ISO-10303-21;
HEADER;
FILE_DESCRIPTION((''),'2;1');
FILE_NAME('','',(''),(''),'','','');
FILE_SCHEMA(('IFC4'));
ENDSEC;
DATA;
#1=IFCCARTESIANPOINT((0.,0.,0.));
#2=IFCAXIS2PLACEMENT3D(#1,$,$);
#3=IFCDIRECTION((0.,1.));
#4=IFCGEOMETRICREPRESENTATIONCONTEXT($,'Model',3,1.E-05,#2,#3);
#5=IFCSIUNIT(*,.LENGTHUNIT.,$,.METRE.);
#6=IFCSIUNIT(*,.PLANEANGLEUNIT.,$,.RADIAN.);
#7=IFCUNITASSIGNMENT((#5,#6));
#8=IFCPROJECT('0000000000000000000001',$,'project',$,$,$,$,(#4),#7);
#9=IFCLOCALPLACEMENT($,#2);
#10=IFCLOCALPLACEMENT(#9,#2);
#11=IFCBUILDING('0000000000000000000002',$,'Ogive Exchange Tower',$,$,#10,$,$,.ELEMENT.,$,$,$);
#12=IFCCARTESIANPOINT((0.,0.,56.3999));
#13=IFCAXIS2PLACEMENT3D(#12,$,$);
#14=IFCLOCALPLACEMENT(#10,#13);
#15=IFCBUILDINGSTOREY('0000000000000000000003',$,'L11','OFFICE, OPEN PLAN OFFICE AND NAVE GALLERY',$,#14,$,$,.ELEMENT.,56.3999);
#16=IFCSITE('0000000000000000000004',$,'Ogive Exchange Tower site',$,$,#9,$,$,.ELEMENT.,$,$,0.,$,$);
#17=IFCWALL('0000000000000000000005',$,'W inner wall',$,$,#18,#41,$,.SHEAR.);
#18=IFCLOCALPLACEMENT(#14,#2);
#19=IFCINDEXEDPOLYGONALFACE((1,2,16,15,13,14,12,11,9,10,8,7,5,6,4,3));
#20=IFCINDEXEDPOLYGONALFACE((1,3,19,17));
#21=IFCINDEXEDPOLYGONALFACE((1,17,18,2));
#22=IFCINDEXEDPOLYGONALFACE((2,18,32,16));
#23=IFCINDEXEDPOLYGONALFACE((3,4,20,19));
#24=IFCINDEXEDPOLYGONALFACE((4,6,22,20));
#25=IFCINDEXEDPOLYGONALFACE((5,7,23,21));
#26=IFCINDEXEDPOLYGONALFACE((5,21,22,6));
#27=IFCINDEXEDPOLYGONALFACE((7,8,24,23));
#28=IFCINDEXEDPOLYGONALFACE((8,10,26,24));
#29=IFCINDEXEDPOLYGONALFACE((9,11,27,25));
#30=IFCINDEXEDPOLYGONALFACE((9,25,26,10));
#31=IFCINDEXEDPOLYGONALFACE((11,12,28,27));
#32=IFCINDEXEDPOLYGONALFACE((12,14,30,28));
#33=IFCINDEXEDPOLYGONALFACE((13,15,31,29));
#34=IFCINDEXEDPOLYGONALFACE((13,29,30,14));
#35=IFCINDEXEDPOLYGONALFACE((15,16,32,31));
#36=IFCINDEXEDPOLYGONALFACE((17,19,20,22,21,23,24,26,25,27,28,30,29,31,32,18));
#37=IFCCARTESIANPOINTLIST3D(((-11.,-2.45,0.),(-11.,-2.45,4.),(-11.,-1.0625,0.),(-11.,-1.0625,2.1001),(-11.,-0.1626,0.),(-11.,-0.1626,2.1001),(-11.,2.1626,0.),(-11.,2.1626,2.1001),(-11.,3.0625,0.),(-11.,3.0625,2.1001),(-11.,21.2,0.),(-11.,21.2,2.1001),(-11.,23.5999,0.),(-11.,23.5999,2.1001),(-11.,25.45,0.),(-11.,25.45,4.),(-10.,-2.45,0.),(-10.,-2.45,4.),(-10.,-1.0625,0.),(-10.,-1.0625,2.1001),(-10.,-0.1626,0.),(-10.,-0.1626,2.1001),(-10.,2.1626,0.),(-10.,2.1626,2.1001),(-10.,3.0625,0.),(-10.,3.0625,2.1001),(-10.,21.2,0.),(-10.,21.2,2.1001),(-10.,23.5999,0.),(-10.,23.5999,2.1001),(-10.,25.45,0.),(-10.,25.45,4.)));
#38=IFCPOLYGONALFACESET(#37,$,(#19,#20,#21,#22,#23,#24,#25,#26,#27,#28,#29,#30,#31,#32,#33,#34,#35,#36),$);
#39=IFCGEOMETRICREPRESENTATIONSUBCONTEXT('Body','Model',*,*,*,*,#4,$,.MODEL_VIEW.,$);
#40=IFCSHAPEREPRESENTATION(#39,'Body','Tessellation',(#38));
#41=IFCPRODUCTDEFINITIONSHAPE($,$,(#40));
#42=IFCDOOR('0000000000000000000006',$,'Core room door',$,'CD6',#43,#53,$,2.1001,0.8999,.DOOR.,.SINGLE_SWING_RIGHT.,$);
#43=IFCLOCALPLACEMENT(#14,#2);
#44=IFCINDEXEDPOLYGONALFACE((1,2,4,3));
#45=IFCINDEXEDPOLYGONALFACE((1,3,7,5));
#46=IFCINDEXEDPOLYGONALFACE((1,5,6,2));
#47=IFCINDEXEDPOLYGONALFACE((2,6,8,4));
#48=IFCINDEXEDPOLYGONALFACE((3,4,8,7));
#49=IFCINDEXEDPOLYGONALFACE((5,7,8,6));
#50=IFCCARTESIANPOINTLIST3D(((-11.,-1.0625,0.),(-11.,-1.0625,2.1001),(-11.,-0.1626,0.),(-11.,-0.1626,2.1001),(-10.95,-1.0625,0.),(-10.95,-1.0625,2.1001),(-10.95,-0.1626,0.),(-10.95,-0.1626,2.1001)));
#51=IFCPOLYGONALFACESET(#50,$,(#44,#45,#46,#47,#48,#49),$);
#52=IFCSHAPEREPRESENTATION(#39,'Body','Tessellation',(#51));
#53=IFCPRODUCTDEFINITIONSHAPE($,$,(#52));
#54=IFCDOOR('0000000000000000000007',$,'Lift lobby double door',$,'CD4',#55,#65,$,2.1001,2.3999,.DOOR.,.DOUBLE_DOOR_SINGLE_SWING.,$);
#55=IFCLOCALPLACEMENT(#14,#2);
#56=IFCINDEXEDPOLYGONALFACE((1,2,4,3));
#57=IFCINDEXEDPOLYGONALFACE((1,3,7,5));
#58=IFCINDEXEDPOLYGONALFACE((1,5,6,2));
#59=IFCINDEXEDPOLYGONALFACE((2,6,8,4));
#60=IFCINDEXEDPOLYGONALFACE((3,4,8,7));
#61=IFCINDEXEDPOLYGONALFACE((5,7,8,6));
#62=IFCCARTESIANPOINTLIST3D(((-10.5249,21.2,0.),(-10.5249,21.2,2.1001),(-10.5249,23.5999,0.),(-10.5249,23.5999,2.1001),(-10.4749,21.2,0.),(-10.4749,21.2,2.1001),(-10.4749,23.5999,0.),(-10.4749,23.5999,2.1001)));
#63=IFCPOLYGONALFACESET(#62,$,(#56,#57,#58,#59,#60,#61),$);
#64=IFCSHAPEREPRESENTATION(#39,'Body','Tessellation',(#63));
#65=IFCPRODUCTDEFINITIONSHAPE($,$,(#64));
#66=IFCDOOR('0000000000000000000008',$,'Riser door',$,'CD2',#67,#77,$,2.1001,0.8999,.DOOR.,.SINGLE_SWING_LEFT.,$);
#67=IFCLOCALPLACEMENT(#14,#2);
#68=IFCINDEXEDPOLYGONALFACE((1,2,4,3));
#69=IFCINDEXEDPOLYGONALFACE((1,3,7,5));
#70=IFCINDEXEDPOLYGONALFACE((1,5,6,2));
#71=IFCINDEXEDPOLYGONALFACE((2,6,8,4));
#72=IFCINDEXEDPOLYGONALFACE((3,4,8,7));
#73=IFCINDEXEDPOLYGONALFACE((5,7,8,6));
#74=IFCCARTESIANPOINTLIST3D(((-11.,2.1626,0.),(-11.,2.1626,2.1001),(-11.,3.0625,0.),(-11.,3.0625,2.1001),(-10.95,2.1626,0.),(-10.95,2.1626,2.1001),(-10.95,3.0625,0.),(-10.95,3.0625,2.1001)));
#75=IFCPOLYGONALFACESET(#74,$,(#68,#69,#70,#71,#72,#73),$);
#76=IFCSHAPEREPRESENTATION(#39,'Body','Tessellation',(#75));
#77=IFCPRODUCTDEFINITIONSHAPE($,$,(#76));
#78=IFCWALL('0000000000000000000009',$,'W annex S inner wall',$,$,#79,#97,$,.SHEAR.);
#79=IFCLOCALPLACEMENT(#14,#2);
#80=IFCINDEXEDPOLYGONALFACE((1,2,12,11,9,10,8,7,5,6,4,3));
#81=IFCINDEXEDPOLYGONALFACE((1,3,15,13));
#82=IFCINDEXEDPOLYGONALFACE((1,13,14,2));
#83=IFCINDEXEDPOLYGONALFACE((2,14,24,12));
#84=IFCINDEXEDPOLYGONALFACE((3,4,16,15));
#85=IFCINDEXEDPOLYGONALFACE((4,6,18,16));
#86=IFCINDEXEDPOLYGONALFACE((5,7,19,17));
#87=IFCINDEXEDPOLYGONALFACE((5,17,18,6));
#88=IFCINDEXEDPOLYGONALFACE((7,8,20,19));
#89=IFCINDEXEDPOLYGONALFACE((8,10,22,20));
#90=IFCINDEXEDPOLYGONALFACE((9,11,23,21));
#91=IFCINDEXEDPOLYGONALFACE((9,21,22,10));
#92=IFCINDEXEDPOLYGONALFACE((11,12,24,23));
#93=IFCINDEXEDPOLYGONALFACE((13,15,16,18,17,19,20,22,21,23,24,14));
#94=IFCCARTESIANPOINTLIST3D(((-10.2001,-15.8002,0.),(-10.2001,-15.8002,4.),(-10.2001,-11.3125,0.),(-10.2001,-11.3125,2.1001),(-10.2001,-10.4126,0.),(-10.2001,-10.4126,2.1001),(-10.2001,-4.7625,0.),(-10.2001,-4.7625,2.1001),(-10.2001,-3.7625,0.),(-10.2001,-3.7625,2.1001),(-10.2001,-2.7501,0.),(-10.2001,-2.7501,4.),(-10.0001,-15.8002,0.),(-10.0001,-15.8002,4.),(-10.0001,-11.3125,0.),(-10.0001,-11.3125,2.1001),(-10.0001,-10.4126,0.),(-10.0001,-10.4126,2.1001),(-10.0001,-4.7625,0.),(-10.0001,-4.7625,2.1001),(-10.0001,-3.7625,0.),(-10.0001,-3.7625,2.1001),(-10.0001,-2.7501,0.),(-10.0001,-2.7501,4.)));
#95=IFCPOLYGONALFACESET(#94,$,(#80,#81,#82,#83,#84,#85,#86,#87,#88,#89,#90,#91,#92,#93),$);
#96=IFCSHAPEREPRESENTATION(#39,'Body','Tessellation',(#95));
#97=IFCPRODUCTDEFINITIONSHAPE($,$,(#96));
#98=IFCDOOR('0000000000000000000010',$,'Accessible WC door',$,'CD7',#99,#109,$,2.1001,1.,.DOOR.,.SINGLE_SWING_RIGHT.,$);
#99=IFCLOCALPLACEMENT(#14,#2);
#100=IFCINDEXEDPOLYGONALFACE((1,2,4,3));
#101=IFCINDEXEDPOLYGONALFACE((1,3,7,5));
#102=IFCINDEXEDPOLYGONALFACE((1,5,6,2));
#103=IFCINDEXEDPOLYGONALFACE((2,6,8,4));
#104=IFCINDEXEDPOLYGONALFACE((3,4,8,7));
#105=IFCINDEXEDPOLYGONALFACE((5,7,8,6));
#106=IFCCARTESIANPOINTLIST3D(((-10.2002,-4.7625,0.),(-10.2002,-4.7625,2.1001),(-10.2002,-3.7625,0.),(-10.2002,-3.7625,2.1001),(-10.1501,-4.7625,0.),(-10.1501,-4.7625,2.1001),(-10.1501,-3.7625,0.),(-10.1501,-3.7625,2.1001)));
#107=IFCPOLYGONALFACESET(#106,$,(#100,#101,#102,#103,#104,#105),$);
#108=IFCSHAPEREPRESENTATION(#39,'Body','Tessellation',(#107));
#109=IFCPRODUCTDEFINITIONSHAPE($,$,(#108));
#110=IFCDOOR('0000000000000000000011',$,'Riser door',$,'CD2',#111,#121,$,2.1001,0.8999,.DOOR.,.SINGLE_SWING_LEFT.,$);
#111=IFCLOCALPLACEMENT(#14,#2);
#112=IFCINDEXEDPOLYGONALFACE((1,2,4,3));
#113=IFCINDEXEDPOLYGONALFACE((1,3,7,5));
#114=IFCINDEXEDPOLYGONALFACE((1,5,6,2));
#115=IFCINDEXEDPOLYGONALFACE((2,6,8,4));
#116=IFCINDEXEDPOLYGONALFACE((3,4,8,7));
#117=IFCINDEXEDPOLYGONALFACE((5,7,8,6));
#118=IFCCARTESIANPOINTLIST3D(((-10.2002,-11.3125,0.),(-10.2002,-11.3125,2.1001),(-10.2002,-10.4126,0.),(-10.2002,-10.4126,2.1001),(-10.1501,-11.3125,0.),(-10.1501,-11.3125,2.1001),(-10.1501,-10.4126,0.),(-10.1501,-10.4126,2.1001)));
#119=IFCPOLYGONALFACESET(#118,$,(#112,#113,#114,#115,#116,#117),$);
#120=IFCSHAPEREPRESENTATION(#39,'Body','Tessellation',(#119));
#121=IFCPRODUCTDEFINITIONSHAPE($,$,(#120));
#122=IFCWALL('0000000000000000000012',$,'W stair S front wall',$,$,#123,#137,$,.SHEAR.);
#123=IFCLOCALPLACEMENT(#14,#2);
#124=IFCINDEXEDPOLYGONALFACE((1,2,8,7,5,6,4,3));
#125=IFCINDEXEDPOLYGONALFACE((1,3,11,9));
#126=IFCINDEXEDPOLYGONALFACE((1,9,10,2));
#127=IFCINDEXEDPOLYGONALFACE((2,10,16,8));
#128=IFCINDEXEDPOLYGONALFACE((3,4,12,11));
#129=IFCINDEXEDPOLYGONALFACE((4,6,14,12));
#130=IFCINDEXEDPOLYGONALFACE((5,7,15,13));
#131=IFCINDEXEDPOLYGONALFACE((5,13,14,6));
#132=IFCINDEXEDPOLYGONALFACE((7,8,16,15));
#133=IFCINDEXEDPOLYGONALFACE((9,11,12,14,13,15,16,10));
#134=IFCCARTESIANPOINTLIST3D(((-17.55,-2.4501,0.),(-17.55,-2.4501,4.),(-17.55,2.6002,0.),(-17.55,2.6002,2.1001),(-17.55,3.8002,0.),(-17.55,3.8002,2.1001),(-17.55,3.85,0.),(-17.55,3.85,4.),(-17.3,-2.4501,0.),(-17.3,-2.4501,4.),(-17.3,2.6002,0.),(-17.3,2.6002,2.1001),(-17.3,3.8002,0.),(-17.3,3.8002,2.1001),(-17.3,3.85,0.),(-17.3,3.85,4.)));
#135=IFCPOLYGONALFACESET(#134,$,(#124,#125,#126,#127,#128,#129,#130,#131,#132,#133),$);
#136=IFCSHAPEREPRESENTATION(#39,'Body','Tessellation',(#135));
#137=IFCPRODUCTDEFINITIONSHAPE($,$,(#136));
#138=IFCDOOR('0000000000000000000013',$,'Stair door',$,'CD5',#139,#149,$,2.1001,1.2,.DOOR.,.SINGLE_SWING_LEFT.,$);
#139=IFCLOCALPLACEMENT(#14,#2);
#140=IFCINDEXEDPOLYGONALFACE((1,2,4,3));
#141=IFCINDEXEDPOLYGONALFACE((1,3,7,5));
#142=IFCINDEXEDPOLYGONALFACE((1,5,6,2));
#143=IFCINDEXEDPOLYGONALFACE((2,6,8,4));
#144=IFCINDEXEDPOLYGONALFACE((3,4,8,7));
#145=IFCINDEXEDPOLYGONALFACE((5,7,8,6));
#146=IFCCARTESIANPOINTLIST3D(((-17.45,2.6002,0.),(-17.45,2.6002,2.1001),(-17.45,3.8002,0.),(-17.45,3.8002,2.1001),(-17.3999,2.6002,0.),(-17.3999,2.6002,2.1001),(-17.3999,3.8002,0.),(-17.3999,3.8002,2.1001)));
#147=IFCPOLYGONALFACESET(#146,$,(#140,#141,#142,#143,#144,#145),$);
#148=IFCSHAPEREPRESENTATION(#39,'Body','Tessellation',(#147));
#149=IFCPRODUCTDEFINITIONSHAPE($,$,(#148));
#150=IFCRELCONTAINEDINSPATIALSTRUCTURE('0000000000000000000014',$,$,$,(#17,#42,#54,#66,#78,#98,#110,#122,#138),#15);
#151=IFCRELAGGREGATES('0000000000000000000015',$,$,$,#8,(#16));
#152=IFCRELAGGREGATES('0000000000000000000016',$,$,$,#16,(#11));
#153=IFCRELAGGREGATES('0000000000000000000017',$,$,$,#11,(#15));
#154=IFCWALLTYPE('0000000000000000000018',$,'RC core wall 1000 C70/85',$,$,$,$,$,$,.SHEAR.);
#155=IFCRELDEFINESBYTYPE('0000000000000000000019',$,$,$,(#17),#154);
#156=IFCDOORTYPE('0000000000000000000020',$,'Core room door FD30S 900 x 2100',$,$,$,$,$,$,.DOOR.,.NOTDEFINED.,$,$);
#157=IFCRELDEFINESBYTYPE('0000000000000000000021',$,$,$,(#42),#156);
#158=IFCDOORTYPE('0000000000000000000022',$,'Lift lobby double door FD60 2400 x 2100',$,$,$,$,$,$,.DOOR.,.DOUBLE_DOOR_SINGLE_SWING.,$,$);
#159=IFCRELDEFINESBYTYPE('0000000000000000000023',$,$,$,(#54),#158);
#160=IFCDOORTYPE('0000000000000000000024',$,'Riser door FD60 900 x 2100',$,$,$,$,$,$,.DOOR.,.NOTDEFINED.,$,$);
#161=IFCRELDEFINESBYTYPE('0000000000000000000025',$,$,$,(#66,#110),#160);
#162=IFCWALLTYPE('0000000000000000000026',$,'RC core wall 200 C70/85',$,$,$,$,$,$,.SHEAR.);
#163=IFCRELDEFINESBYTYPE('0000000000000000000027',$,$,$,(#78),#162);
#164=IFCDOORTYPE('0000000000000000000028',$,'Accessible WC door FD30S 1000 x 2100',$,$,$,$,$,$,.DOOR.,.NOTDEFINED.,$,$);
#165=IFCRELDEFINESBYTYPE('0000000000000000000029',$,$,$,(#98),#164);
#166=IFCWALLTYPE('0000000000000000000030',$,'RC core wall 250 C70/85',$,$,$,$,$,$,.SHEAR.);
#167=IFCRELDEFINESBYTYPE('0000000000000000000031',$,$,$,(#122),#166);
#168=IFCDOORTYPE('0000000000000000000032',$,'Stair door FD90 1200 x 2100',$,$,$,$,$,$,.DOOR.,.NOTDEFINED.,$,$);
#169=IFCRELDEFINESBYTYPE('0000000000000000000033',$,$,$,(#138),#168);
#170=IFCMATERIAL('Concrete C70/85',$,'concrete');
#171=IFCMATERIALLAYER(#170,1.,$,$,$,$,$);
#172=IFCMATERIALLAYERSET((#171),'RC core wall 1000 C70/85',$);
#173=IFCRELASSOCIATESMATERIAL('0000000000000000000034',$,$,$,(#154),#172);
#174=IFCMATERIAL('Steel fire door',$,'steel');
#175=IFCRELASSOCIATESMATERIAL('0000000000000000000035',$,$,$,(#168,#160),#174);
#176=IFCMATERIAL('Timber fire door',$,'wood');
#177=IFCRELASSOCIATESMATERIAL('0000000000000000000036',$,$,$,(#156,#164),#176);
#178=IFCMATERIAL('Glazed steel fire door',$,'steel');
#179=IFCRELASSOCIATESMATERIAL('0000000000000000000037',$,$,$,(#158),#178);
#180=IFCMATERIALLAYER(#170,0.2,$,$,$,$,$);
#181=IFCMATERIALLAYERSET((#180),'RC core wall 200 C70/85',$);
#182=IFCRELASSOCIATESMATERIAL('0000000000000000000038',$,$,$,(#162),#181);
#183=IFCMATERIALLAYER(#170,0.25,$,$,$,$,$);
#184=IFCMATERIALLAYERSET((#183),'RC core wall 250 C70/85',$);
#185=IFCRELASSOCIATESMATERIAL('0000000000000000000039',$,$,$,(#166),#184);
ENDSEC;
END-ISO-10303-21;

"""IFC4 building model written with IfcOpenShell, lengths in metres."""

from ifc_helpers import new_model, si_unit, direction, frame, frame_2d, origin, place, context, subcontext, project, spatial, rectangle, extrude, material, layer, layer_set, type_object, element, fill, save


model = new_model("IFC4")

# Units and contexts
model_context = context("Model", 3, precision=1e-05, world=origin(), true_north=direction((0.0, 1.0)))
body_context = subcontext(model_context, "Body", "Model", "MODEL_VIEW")
ifc_project = project(units=[si_unit("LENGTHUNIT", "METRE"), si_unit("PLANEANGLEUNIT", "RADIAN")], contexts=[model_context])

# Site, building, storey
site_placement = place(None, origin())
site = spatial("IfcSite", under=ifc_project, at=site_placement, Name="Ogive Exchange Tower site", CompositionType="ELEMENT", RefElevation=0.0)
building_placement = place(site_placement, origin())
building = spatial("IfcBuilding", under=site, at=building_placement, Name="Ogive Exchange Tower", CompositionType="ELEMENT")
storey_placement = place(building_placement, frame((0.0, 0.0, 56.3999)))
storey = spatial("IfcBuildingStorey", under=building, at=storey_placement, Name="L11", Description="OFFICE, OPEN PLAN OFFICE AND NAVE GALLERY", CompositionType="ELEMENT", Elevation=56.3999)

# Walls, openings, doors
ifc_material_1 = material(Name="Concrete C70/85", Category="concrete")
ifc_layer_1 = layer(ifc_material_1, 1.0)
ifc_layer_set_1 = layer_set([ifc_layer_1], Name="RC core wall 1000 C70/85")
wall_type_1 = type_object("IfcWallType", Name="RC core wall 1000 C70/85", PredefinedType="SHEAR", material=ifc_layer_set_1)
ifc_material_2 = material(Name="Steel fire door", Category="steel")
door_type_1 = type_object("IfcDoorType", Name="Stair door FD90 1200 x 2100", OperationType="NOTDEFINED", PredefinedType="DOOR", material=ifc_material_2)
wall_1_placement = place(storey_placement, frame((-10.5, -2.45, 0.0), z_axis=(0.0, 0.0, 1.0), x_axis=(0.0, 1.0, 0.0)))
wall_1 = element("IfcWall", 1, at=wall_1_placement, inside=storey, type_object=wall_type_1, Name="W inner wall", PredefinedType="SHEAR", context=body_context, shape_type="SweptSolid", body=[
    extrude(rectangle(XDim=27.8999, YDim=1.0, at=frame_2d((13.95, 0.0))), origin(), (0.0, 0.0, 1.0), 4.0),
])
opening_1_placement = place(wall_1_placement, frame((23.6499, 0.0, 0.0)))
opening_1 = element("IfcOpeningElement", 2, at=opening_1_placement, cuts=wall_1, PredefinedType="OPENING", context=body_context, shape_type="SweptSolid", body=[
    extrude(rectangle(XDim=2.3999, YDim=2.1001, at=frame_2d((1.2, 1.05))), frame((0.0, 0.51, 0.0), z_axis=(0.0, -1.0, 0.0), x_axis=(1.0, 0.0, 0.0)), (0.0, 0.0, 1.0), 1.02),
])
opening_2_placement = place(wall_1_placement, frame((1.3875, 0.0, 0.0)))
opening_2 = element("IfcOpeningElement", 3, at=opening_2_placement, cuts=wall_1, PredefinedType="OPENING", context=body_context, shape_type="SweptSolid", body=[
    extrude(rectangle(XDim=0.8999, YDim=2.1001, at=frame_2d((0.45, 1.05))), frame((0.0, 0.51, 0.0), z_axis=(0.0, -1.0, 0.0), x_axis=(1.0, 0.0, 0.0)), (0.0, 0.0, 1.0), 1.02),
])
opening_3_placement = place(wall_1_placement, frame((4.6125, 0.0, 0.0)))
opening_3 = element("IfcOpeningElement", 4, at=opening_3_placement, cuts=wall_1, PredefinedType="OPENING", context=body_context, shape_type="SweptSolid", body=[
    extrude(rectangle(XDim=0.8999, YDim=2.1001, at=frame_2d((0.45, 1.05))), frame((0.0, 0.51, 0.0), z_axis=(0.0, -1.0, 0.0), x_axis=(1.0, 0.0, 0.0)), (0.0, 0.0, 1.0), 1.02),
])
ifc_material_3 = material(Name="Timber fire door", Category="wood")
door_type_2 = type_object("IfcDoorType", Name="Core room door FD30S 900 x 2100", OperationType="NOTDEFINED", PredefinedType="DOOR", material=ifc_material_3)
door_1_placement = place(opening_2_placement, origin())
door_1 = element("IfcDoor", 5, at=door_1_placement, inside=storey, type_object=door_type_2, Name="Core room door", ObjectType="CD6", OperationType="SINGLE_SWING_RIGHT", OverallHeight=2.1001, OverallWidth=0.8999, PredefinedType="DOOR", context=body_context, shape_type="SweptSolid", body=[
    extrude(rectangle(XDim=0.8999, YDim=2.1001, at=frame_2d((0.45, 1.05))), frame((0.0, 0.5, 0.0), z_axis=(0.0, -1.0, 0.0), x_axis=(1.0, 0.0, 0.0)), (0.0, 0.0, 1.0), 0.05),
])
fill(opening_2, door_1)
ifc_material_4 = material(Name="Glazed steel fire door", Category="steel")
door_type_3 = type_object("IfcDoorType", Name="Lift lobby double door FD60 2400 x 2100", OperationType="DOUBLE_DOOR_SINGLE_SWING", PredefinedType="DOOR", material=ifc_material_4)
door_2_placement = place(opening_1_placement, origin())
door_2 = element("IfcDoor", 6, at=door_2_placement, inside=storey, type_object=door_type_3, Name="Lift lobby double door", ObjectType="CD4", OperationType="DOUBLE_DOOR_SINGLE_SWING", OverallHeight=2.1001, OverallWidth=2.3999, PredefinedType="DOOR", context=body_context, shape_type="SweptSolid", body=[
    extrude(rectangle(XDim=2.3999, YDim=2.1001, at=frame_2d((1.2, 1.05))), frame((0.0, 0.0249, 0.0), z_axis=(0.0, -1.0, 0.0), x_axis=(1.0, 0.0, 0.0)), (0.0, 0.0, 1.0), 0.05),
])
fill(opening_1, door_2)
door_type_4 = type_object("IfcDoorType", Name="Riser door FD60 900 x 2100", OperationType="NOTDEFINED", PredefinedType="DOOR", material=ifc_material_2)
door_3_placement = place(opening_3_placement, origin())
door_3 = element("IfcDoor", 7, at=door_3_placement, inside=storey, type_object=door_type_4, Name="Riser door", ObjectType="CD2", OperationType="SINGLE_SWING_LEFT", OverallHeight=2.1001, OverallWidth=0.8999, PredefinedType="DOOR", context=body_context, shape_type="SweptSolid", body=[
    extrude(rectangle(XDim=0.8999, YDim=2.1001, at=frame_2d((0.45, 1.05))), frame((0.0, 0.5, 0.0), z_axis=(0.0, -1.0, 0.0), x_axis=(1.0, 0.0, 0.0)), (0.0, 0.0, 1.0), 0.05),
])
fill(opening_3, door_3)
ifc_layer_2 = layer(ifc_material_1, 0.2)
ifc_layer_set_2 = layer_set([ifc_layer_2], Name="RC core wall 200 C70/85")
wall_type_2 = type_object("IfcWallType", Name="RC core wall 200 C70/85", PredefinedType="SHEAR", material=ifc_layer_set_2)
wall_2_placement = place(storey_placement, frame((-10.1001, -15.8, 0.0), z_axis=(0.0, 0.0, 1.0), x_axis=(0.0, 1.0, 0.0)))
wall_2 = element("IfcWall", 8, at=wall_2_placement, inside=storey, type_object=wall_type_2, Name="W annex S inner wall", PredefinedType="SHEAR", context=body_context, shape_type="SweptSolid", body=[
    extrude(rectangle(XDim=13.05, YDim=0.2, at=frame_2d((6.5249, 0.0))), origin(), (0.0, 0.0, 1.0), 4.0),
])
opening_4_placement = place(wall_2_placement, frame((4.4875, 0.0, 0.0)))
opening_4 = element("IfcOpeningElement", 9, at=opening_4_placement, cuts=wall_2, PredefinedType="OPENING", context=body_context, shape_type="SweptSolid", body=[
    extrude(rectangle(XDim=0.8999, YDim=2.1001, at=frame_2d((0.45, 1.05))), frame((0.0, 0.1099, 0.0), z_axis=(0.0, -1.0, 0.0), x_axis=(1.0, 0.0, 0.0)), (0.0, 0.0, 1.0), 0.22),
])
opening_5_placement = place(wall_2_placement, frame((11.0376, 0.0, 0.0)))
opening_5 = element("IfcOpeningElement", 10, at=opening_5_placement, cuts=wall_2, PredefinedType="OPENING", context=body_context, shape_type="SweptSolid", body=[
    extrude(rectangle(XDim=1.0, YDim=2.1001, at=frame_2d((0.5, 1.05))), frame((0.0, 0.1099, 0.0), z_axis=(0.0, -1.0, 0.0), x_axis=(1.0, 0.0, 0.0)), (0.0, 0.0, 1.0), 0.22),
])
door_type_5 = type_object("IfcDoorType", Name="Accessible WC door FD30S 1000 x 2100", OperationType="NOTDEFINED", PredefinedType="DOOR", material=ifc_material_3)
door_4_placement = place(opening_5_placement, origin())
door_4 = element("IfcDoor", 11, at=door_4_placement, inside=storey, type_object=door_type_5, Name="Accessible WC door", ObjectType="CD7", OperationType="SINGLE_SWING_RIGHT", OverallHeight=2.1001, OverallWidth=1.0, PredefinedType="DOOR", context=body_context, shape_type="SweptSolid", body=[
    extrude(rectangle(XDim=1.0, YDim=2.1001, at=frame_2d((0.5, 1.05))), frame((0.0, 0.1001, 0.0), z_axis=(0.0, -1.0, 0.0), x_axis=(1.0, 0.0, 0.0)), (0.0, 0.0, 1.0), 0.05),
])
fill(opening_5, door_4)
door_5_placement = place(opening_4_placement, origin())
door_5 = element("IfcDoor", 12, at=door_5_placement, inside=storey, type_object=door_type_4, Name="Riser door", ObjectType="CD2", OperationType="SINGLE_SWING_LEFT", OverallHeight=2.1001, OverallWidth=0.8999, PredefinedType="DOOR", context=body_context, shape_type="SweptSolid", body=[
    extrude(rectangle(XDim=0.8999, YDim=2.1001, at=frame_2d((0.45, 1.05))), frame((0.0, 0.1001, 0.0), z_axis=(0.0, -1.0, 0.0), x_axis=(1.0, 0.0, 0.0)), (0.0, 0.0, 1.0), 0.05),
])
fill(opening_4, door_5)

# Wall, opening, door
ifc_layer_3 = layer(ifc_material_1, 0.25)
ifc_layer_set_3 = layer_set([ifc_layer_3], Name="RC core wall 250 C70/85")
wall_type_3 = type_object("IfcWallType", Name="RC core wall 250 C70/85", PredefinedType="SHEAR", material=ifc_layer_set_3)
wall_3_placement = place(storey_placement, frame((-17.425, -2.45, 0.0), z_axis=(0.0, 0.0, 1.0), x_axis=(0.0, 1.0, 0.0)))
wall_3 = element("IfcWall", 13, at=wall_3_placement, inside=storey, type_object=wall_type_3, Name="W stair S front wall", PredefinedType="SHEAR", context=body_context, shape_type="SweptSolid", body=[
    extrude(rectangle(XDim=6.3, YDim=0.25, at=frame_2d((3.1499, 0.0))), origin(), (0.0, 0.0, 1.0), 4.0),
])
opening_6_placement = place(wall_3_placement, frame((5.05, 0.0, 0.0)))
opening_6 = element("IfcOpeningElement", 14, at=opening_6_placement, cuts=wall_3, PredefinedType="OPENING", context=body_context, shape_type="SweptSolid", body=[
    extrude(rectangle(XDim=1.2, YDim=2.1001, at=frame_2d((0.6001, 1.05))), frame((0.0, 0.135, 0.0), z_axis=(0.0, -1.0, 0.0), x_axis=(1.0, 0.0, 0.0)), (0.0, 0.0, 1.0), 0.27),
])
door_6_placement = place(opening_6_placement, origin())
door_6 = element("IfcDoor", 15, at=door_6_placement, inside=storey, type_object=door_type_1, Name="Stair door", ObjectType="CD5", OperationType="SINGLE_SWING_LEFT", OverallHeight=2.1001, OverallWidth=1.2, PredefinedType="DOOR", context=body_context, shape_type="SweptSolid", body=[
    extrude(rectangle(XDim=1.2, YDim=2.1001, at=frame_2d((0.6001, 1.05))), frame((0.0, 0.0249, 0.0), z_axis=(0.0, -1.0, 0.0), x_axis=(1.0, 0.0, 0.0)), (0.0, 0.0, 1.0), 0.05),
])
fill(opening_6, door_6)

save(model, "model.ifc")
